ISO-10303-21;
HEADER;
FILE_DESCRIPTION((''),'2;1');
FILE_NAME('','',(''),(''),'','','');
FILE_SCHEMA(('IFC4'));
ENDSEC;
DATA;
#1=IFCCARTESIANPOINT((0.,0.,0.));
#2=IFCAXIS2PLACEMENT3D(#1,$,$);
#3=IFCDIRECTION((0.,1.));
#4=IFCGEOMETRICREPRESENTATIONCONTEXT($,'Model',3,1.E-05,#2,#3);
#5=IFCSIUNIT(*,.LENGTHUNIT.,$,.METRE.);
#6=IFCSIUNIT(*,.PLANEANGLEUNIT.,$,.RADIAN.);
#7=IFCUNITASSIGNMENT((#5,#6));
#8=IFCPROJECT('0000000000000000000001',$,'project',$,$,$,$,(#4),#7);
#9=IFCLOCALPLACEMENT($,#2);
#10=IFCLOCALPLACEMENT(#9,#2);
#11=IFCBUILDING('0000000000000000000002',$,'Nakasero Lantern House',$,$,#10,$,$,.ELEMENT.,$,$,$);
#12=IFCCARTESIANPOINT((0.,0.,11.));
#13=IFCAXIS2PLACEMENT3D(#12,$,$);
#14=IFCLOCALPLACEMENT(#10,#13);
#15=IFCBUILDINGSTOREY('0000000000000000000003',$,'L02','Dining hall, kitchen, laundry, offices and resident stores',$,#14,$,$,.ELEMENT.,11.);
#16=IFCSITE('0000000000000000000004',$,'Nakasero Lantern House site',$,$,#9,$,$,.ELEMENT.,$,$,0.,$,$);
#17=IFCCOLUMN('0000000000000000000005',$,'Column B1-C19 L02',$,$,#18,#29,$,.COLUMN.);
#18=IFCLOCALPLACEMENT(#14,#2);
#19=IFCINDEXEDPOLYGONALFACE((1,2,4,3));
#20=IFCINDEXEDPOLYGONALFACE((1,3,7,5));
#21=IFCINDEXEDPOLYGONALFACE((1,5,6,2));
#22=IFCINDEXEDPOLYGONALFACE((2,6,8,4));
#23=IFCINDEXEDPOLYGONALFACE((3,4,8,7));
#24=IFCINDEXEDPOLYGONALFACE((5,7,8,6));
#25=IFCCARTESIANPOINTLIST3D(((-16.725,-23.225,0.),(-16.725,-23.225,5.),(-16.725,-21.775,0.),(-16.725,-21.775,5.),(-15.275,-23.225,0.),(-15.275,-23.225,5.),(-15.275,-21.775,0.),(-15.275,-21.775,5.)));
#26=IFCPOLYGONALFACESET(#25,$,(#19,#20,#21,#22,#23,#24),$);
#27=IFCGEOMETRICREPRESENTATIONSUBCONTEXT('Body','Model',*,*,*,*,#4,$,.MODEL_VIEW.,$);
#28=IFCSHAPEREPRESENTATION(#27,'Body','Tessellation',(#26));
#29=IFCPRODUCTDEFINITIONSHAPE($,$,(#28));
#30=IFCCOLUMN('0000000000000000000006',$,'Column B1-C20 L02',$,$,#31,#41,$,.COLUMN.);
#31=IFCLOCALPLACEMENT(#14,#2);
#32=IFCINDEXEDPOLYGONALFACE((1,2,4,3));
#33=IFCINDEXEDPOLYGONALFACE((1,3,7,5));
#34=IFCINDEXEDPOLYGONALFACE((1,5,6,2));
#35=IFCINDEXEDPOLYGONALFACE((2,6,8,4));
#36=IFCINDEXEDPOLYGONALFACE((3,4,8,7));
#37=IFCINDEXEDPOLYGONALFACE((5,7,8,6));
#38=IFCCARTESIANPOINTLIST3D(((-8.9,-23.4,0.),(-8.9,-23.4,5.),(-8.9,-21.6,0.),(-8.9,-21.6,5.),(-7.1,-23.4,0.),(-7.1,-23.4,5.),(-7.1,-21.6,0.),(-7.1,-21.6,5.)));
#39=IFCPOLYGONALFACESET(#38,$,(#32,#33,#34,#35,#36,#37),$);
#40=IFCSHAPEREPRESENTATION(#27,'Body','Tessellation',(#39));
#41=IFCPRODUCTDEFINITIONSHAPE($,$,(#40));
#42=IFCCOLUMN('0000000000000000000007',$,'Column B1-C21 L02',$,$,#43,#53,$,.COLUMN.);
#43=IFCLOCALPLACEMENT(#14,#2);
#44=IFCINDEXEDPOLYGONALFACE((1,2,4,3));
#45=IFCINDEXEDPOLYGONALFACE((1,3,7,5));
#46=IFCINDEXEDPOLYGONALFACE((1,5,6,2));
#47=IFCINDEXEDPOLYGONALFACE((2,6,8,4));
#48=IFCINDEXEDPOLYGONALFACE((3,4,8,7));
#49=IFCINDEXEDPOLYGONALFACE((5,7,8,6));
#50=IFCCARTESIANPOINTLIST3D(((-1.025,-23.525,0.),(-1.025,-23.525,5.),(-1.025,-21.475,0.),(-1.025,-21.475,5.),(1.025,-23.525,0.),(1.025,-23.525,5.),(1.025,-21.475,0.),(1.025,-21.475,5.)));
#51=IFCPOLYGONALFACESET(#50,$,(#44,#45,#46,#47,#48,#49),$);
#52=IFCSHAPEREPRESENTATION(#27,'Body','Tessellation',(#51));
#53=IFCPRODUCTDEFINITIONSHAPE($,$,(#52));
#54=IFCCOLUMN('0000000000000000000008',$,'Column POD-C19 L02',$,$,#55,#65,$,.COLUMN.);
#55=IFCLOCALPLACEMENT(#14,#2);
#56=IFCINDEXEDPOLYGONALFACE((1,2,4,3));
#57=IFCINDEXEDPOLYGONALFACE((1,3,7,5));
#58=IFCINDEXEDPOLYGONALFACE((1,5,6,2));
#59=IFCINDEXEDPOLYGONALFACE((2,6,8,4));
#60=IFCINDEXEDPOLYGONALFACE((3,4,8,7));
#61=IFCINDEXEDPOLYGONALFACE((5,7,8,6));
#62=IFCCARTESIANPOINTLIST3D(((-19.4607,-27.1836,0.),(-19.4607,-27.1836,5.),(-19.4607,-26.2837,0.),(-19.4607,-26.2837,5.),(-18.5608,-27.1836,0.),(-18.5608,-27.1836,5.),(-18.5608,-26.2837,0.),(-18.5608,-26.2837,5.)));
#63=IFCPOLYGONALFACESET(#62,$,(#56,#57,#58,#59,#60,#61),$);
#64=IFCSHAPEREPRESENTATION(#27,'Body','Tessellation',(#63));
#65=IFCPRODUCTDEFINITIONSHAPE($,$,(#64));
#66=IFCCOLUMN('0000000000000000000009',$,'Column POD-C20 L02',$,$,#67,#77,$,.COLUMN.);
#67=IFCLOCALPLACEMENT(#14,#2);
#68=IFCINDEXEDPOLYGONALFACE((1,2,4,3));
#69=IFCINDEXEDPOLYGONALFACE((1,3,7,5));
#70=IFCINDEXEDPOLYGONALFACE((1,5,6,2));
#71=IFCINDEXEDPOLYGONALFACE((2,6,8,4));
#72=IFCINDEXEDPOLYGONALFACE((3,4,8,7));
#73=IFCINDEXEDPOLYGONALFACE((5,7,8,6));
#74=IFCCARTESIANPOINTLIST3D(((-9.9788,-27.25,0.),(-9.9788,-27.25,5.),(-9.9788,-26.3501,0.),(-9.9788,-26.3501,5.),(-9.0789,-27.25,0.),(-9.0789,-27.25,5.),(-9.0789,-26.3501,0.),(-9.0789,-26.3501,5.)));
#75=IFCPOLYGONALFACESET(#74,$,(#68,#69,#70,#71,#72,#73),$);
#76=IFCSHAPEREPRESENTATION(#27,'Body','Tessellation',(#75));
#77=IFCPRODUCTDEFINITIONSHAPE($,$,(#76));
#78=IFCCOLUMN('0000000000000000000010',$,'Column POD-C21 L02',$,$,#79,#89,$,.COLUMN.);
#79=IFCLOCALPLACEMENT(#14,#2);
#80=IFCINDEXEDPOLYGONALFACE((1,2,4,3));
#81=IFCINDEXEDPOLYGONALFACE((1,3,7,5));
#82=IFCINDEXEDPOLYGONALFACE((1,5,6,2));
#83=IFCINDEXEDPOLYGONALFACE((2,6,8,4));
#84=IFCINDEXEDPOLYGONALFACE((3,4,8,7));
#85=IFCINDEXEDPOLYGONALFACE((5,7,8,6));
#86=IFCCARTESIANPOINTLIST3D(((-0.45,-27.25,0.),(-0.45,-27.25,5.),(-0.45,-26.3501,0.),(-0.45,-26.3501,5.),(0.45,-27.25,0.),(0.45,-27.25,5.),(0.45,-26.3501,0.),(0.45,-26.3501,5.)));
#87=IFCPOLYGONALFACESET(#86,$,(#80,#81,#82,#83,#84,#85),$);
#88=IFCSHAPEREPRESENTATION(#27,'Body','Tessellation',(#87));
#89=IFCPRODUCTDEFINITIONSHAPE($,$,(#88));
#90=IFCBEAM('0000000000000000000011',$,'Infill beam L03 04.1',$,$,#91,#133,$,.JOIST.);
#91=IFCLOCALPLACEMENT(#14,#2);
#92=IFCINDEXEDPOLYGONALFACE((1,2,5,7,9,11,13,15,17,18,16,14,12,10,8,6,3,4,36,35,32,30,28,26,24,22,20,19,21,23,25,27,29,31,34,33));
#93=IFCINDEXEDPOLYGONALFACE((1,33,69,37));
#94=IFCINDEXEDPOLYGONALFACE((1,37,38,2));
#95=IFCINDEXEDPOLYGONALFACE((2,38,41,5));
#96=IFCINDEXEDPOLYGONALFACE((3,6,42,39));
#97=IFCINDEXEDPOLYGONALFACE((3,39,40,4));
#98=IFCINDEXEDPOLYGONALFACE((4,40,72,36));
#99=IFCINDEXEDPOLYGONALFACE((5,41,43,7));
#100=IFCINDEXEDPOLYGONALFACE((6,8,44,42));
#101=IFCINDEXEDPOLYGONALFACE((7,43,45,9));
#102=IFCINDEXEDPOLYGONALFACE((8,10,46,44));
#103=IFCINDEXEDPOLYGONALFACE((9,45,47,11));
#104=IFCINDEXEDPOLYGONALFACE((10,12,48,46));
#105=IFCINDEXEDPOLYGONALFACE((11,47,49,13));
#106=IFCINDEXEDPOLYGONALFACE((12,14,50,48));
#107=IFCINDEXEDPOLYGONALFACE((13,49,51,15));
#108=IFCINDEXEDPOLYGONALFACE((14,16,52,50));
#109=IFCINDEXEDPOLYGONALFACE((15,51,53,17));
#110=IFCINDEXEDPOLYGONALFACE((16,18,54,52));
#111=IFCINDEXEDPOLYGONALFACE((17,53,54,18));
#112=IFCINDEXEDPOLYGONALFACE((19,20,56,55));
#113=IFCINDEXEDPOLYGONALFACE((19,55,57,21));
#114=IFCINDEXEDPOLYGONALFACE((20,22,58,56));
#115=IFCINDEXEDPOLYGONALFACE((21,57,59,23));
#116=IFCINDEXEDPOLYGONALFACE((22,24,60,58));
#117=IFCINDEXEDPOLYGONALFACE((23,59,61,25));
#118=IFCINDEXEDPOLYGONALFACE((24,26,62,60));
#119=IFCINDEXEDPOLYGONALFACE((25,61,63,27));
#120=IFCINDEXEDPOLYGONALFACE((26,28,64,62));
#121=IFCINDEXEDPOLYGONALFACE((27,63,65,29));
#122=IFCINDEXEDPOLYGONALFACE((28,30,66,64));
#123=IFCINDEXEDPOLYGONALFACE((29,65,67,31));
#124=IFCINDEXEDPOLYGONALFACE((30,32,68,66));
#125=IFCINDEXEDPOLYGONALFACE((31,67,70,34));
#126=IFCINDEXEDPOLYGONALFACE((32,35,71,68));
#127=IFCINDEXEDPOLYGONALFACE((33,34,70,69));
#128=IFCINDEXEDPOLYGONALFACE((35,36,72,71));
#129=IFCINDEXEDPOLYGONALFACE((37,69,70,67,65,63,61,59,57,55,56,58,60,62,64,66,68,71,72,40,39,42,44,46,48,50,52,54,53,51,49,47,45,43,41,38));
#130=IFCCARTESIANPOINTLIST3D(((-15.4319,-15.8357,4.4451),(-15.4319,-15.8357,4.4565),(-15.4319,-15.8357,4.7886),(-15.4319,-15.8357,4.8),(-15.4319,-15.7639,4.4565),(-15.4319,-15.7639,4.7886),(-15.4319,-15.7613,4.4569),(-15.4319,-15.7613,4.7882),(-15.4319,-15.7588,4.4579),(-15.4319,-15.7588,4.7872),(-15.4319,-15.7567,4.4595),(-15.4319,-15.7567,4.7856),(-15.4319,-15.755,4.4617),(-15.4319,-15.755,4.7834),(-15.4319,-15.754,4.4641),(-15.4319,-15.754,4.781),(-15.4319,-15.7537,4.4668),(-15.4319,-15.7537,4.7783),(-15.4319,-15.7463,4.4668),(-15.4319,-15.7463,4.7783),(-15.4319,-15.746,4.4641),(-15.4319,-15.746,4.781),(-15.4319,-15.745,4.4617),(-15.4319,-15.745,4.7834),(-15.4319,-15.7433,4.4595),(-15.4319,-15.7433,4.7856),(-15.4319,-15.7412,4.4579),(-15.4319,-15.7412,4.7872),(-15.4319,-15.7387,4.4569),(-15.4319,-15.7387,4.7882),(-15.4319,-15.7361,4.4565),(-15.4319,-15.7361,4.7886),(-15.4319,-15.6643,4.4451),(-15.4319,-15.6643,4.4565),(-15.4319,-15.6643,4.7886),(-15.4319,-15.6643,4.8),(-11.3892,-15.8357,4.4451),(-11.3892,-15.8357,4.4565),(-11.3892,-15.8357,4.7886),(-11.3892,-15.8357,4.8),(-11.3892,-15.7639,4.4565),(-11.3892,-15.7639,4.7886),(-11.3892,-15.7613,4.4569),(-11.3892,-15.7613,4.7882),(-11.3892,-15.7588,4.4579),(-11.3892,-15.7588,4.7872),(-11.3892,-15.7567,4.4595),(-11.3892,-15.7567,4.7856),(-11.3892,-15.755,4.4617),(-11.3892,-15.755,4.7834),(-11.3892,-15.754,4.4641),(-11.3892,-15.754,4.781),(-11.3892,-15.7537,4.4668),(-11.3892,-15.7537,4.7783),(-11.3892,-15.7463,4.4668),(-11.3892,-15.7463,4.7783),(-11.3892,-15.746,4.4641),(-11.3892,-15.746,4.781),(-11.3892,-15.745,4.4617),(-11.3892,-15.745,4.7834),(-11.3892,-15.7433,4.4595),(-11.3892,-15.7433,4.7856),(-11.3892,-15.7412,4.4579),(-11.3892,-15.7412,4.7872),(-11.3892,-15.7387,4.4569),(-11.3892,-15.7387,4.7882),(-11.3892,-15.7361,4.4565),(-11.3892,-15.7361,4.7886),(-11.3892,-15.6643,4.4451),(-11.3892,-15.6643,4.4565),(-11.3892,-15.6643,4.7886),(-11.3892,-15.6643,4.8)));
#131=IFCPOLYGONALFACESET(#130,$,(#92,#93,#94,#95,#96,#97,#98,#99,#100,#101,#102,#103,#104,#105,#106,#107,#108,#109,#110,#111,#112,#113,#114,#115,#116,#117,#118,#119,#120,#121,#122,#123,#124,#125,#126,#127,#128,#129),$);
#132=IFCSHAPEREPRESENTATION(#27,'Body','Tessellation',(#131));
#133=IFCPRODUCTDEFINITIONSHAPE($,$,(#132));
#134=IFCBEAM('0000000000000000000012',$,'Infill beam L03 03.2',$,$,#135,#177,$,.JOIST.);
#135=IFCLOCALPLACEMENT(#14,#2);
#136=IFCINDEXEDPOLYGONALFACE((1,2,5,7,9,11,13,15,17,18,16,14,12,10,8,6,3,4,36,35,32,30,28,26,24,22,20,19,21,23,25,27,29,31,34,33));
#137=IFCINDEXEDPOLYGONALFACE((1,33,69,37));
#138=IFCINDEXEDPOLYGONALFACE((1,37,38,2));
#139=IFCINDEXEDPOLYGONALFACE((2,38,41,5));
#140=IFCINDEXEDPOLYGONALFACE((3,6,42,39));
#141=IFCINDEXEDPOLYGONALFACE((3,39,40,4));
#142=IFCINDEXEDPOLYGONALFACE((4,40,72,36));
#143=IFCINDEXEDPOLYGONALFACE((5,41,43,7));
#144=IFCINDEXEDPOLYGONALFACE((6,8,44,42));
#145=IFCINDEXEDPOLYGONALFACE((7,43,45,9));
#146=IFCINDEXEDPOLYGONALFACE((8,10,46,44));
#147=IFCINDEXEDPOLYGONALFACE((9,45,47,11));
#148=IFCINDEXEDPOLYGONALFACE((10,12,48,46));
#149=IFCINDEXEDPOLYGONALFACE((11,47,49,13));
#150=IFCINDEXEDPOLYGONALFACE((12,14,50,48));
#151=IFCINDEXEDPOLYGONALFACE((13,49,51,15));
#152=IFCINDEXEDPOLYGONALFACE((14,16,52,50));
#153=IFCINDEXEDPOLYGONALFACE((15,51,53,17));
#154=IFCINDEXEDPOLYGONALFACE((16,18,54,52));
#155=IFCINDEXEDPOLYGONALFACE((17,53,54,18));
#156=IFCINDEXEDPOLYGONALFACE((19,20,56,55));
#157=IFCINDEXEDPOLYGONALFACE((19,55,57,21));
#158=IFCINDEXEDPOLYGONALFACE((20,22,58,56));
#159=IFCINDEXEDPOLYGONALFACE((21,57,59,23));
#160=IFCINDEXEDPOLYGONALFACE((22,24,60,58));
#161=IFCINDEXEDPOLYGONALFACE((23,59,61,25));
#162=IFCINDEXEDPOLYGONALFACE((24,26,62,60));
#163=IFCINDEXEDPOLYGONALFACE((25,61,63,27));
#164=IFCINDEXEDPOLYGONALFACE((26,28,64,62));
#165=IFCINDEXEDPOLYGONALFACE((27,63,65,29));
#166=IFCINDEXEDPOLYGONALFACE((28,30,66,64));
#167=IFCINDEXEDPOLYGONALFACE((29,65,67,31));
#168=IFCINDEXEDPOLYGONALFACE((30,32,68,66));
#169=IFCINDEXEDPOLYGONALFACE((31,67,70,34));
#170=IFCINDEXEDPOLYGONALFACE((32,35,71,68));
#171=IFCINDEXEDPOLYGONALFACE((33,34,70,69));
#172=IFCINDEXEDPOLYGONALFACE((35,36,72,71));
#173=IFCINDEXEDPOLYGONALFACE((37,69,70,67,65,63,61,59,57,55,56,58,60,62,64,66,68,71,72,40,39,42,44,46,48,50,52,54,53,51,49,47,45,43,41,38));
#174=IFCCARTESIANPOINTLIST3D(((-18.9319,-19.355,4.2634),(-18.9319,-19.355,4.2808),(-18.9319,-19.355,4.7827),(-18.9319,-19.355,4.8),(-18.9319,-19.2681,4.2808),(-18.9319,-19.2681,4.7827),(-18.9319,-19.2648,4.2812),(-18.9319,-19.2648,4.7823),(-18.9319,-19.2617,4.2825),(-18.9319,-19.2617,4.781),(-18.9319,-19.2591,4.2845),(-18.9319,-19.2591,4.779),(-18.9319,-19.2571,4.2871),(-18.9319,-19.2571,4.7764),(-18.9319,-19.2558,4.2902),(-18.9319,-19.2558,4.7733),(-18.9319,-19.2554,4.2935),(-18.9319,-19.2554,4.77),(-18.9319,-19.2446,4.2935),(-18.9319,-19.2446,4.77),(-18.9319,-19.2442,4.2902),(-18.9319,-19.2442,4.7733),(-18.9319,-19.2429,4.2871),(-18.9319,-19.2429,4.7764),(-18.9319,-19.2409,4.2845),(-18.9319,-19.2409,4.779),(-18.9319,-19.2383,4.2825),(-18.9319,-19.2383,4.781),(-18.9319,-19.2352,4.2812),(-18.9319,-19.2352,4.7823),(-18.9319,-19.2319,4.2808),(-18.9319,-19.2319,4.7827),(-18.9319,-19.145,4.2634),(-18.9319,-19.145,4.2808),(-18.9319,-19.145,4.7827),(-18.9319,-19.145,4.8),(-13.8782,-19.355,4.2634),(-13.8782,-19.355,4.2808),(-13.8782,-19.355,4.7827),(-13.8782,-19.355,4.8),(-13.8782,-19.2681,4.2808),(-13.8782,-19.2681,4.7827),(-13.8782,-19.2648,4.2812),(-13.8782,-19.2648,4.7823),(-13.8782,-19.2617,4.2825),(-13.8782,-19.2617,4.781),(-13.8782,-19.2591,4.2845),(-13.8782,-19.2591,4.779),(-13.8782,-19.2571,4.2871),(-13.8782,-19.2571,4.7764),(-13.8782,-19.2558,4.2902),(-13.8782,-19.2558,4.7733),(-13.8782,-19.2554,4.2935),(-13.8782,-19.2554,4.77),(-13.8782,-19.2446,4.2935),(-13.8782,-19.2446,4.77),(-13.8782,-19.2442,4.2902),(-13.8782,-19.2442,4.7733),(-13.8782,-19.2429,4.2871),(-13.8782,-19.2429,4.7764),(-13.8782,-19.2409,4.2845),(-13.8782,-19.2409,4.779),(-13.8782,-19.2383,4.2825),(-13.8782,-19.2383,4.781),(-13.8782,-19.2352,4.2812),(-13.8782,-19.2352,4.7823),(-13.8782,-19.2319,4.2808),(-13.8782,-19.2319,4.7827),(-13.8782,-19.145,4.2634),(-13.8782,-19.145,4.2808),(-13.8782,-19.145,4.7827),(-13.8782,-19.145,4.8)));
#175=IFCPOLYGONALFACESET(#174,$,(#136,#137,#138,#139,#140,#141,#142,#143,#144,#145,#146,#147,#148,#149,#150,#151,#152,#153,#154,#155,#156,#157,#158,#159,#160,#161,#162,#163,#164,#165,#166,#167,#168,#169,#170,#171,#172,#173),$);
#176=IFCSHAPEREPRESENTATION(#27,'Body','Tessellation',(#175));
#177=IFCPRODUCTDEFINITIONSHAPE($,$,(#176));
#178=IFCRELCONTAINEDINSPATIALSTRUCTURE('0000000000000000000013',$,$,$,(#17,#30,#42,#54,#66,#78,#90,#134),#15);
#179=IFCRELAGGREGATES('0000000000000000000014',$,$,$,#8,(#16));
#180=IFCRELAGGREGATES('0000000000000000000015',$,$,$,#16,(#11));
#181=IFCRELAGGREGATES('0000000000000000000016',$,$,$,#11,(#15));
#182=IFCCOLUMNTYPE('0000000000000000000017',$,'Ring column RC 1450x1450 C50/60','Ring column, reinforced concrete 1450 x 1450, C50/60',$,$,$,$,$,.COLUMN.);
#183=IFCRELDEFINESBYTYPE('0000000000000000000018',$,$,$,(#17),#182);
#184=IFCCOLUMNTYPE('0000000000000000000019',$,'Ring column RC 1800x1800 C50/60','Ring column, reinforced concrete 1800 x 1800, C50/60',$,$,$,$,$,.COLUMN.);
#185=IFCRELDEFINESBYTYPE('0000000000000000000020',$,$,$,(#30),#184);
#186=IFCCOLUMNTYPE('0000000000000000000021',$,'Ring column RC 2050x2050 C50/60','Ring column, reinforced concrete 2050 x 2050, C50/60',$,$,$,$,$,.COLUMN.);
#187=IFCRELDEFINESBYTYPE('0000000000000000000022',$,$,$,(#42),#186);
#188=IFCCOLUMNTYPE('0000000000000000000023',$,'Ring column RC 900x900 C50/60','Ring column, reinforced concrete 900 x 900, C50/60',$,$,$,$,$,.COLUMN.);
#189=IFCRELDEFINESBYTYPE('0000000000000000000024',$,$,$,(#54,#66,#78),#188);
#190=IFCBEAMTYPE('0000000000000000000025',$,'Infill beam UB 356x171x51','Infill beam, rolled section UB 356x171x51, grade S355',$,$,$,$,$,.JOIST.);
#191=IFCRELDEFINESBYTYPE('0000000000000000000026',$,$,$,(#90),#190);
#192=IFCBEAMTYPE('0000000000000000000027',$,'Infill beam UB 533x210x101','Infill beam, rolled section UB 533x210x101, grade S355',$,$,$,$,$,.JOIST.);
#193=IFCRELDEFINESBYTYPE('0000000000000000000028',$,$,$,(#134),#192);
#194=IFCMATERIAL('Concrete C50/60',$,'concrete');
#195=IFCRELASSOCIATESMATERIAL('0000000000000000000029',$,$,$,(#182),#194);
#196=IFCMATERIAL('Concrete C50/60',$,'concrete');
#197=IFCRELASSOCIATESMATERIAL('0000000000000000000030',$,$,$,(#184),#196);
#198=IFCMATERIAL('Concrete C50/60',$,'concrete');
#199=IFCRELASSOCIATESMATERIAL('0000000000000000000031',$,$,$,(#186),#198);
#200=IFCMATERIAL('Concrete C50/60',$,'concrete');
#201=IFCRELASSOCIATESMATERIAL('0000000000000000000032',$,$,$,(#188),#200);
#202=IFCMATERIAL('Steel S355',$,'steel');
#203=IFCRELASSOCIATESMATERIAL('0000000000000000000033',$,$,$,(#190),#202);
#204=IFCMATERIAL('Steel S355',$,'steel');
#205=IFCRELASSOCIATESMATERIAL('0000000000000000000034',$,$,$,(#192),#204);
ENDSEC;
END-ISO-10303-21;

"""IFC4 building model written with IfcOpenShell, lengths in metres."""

from ifc_helpers import new_model, si_unit, direction, frame, origin, origin_2d, place, context, subcontext, project, spatial, rectangle, i_section, extrude, material, material_profile, profile_set, type_object, element, save


model = new_model("IFC4")

# Units and contexts
model_context = context("Model", 3, precision=1e-05, world=origin(), true_north=direction((0.0, 1.0)))
body_context = subcontext(model_context, "Body", "Model", "MODEL_VIEW")
ifc_project = project(units=[si_unit("LENGTHUNIT", "METRE"), si_unit("PLANEANGLEUNIT", "RADIAN")], contexts=[model_context])

# Site, building, storey
site_placement = place(None, origin())
site = spatial("IfcSite", under=ifc_project, at=site_placement, Name="Nakasero Lantern House site", CompositionType="ELEMENT", RefElevation=0.0)
building_placement = place(site_placement, origin())
building = spatial("IfcBuilding", under=site, at=building_placement, Name="Nakasero Lantern House", CompositionType="ELEMENT")
storey_placement = place(building_placement, frame((0.0, 0.0, 11.0)))
storey = spatial("IfcBuildingStorey", under=building, at=storey_placement, Name="L02", Description="Dining hall, kitchen, laundry, offices and resident stores", CompositionType="ELEMENT", Elevation=11.0)

# Columns
ifc_material_1 = material(Name="Concrete C50/60", Category="concrete")
ifc_material_profile_1 = material_profile(ifc_material_1, rectangle(XDim=1.45, YDim=1.45, at=origin_2d()), Name="RC 1450x1450")
ifc_profile_set_1 = profile_set([ifc_material_profile_1], Name="Concrete C50/60")
column_type_1 = type_object("IfcColumnType", Name="Ring column RC 1450x1450 C50/60", Description="Ring column, reinforced concrete 1450 x 1450, C50/60", PredefinedType="COLUMN", material=ifc_profile_set_1)
column_1_placement = place(storey_placement, frame((-16.0, -22.5, 0.0), z_axis=(0.0, 0.0, 1.0), x_axis=(1.0, 0.0, 0.0)))
element("IfcColumn", 1, at=column_1_placement, inside=storey, type_object=column_type_1, Name="Column B1-C19 L02", PredefinedType="COLUMN", context=body_context, shape_type="SweptSolid", body=[
    extrude(rectangle(XDim=1.45, YDim=1.45, at=origin_2d()), origin(), (0.0, 0.0, 1.0), 5.0),
])
ifc_material_2 = material(Name="Concrete C50/60", Category="concrete")
ifc_material_profile_2 = material_profile(ifc_material_2, rectangle(XDim=1.8, YDim=1.8, at=origin_2d()), Name="RC 1800x1800")
ifc_profile_set_2 = profile_set([ifc_material_profile_2], Name="Concrete C50/60")
column_type_2 = type_object("IfcColumnType", Name="Ring column RC 1800x1800 C50/60", Description="Ring column, reinforced concrete 1800 x 1800, C50/60", PredefinedType="COLUMN", material=ifc_profile_set_2)
column_2_placement = place(storey_placement, frame((-8.0, -22.5, 0.0), z_axis=(0.0, 0.0, 1.0), x_axis=(1.0, 0.0, 0.0)))
element("IfcColumn", 2, at=column_2_placement, inside=storey, type_object=column_type_2, Name="Column B1-C20 L02", PredefinedType="COLUMN", context=body_context, shape_type="SweptSolid", body=[
    extrude(rectangle(XDim=1.8, YDim=1.8, at=origin_2d()), origin(), (0.0, 0.0, 1.0), 5.0),
])
ifc_material_3 = material(Name="Concrete C50/60", Category="concrete")
ifc_material_profile_3 = material_profile(ifc_material_3, rectangle(XDim=2.05, YDim=2.05, at=origin_2d()), Name="RC 2050x2050")
ifc_profile_set_3 = profile_set([ifc_material_profile_3], Name="Concrete C50/60")
column_type_3 = type_object("IfcColumnType", Name="Ring column RC 2050x2050 C50/60", Description="Ring column, reinforced concrete 2050 x 2050, C50/60", PredefinedType="COLUMN", material=ifc_profile_set_3)
column_3_placement = place(storey_placement, frame((0.0, -22.5, 0.0), z_axis=(0.0, 0.0, 1.0), x_axis=(1.0, 0.0, 0.0)))
element("IfcColumn", 3, at=column_3_placement, inside=storey, type_object=column_type_3, Name="Column B1-C21 L02", PredefinedType="COLUMN", context=body_context, shape_type="SweptSolid", body=[
    extrude(rectangle(XDim=2.05, YDim=2.05, at=origin_2d()), origin(), (0.0, 0.0, 1.0), 5.0),
])
ifc_material_4 = material(Name="Concrete C50/60", Category="concrete")
ifc_material_profile_4 = material_profile(ifc_material_4, rectangle(XDim=0.8999, YDim=0.8999, at=origin_2d()), Name="RC 900x900")
ifc_profile_set_4 = profile_set([ifc_material_profile_4], Name="Concrete C50/60")
column_type_4 = type_object("IfcColumnType", Name="Ring column RC 900x900 C50/60", Description="Ring column, reinforced concrete 900 x 900, C50/60", PredefinedType="COLUMN", material=ifc_profile_set_4)
for number, where, z_axis, x_axis, name in (
    (4, (-19.0107, -26.7336, 0.0), (0.0, 0.0, 1.0), (1.0, 0.0, 0.0), "Column POD-C19 L02"),
    (5, (-9.5288, -26.8, 0.0), (0.0, 0.0, 1.0), (1.0, 0.0, 0.0), "Column POD-C20 L02"),
    (6, (0.0, -26.8, 0.0), (0.0, 0.0, 1.0), (1.0, 0.0, 0.0), "Column POD-C21 L02"),
):
    element("IfcColumn", number, at=place(storey_placement, frame(where, z_axis=z_axis, x_axis=x_axis)), inside=storey, type_object=column_type_4, Name=name, PredefinedType="COLUMN", context=body_context, shape_type="SweptSolid", body=[
        extrude(rectangle(XDim=0.8999, YDim=0.8999, at=origin_2d()), origin(), (0.0, 0.0, 1.0), 5.0),
    ])

# Beams
ifc_material_5 = material(Name="Steel S355", Category="steel")
ifc_material_profile_5 = material_profile(ifc_material_5, i_section(OverallWidth=0.1714, OverallDepth=0.355, WebThickness=0.0073, FlangeThickness=0.0115, FilletRadius=0.0103, at=origin_2d()), Name="UB 356x171x51")
ifc_profile_set_5 = profile_set([ifc_material_profile_5], Name="Steel S355")
beam_type_1 = type_object("IfcBeamType", Name="Infill beam UB 356x171x51", Description="Infill beam, rolled section UB 356x171x51, grade S355", PredefinedType="JOIST", material=ifc_profile_set_5)
beam_1_placement = place(storey_placement, frame((-15.4319, -15.75, 4.6226), z_axis=(1.0, 0.0, 0.0), x_axis=(0.0, 1.0, 0.0)))
element("IfcBeam", 7, at=beam_1_placement, inside=storey, type_object=beam_type_1, Name="Infill beam L03 04.1", PredefinedType="JOIST", context=body_context, shape_type="SweptSolid", body=[
    extrude(i_section(OverallWidth=0.1714, OverallDepth=0.355, WebThickness=0.0073, FlangeThickness=0.0115, FilletRadius=0.0103, at=origin_2d()), origin(), (0.0, 0.0, 1.0), 4.0427),
])
ifc_material_6 = material(Name="Steel S355", Category="steel")
ifc_material_profile_6 = material_profile(ifc_material_6, i_section(OverallWidth=0.21, OverallDepth=0.5366, WebThickness=0.0107, FlangeThickness=0.0173, FilletRadius=0.0127, at=origin_2d()), Name="UB 533x210x101")
ifc_profile_set_6 = profile_set([ifc_material_profile_6], Name="Steel S355")
beam_type_2 = type_object("IfcBeamType", Name="Infill beam UB 533x210x101", Description="Infill beam, rolled section UB 533x210x101, grade S355", PredefinedType="JOIST", material=ifc_profile_set_6)
beam_2_placement = place(storey_placement, frame((-18.9319, -19.25, 4.5317), z_axis=(1.0, 0.0, 0.0), x_axis=(0.0, 1.0, 0.0)))
element("IfcBeam", 8, at=beam_2_placement, inside=storey, type_object=beam_type_2, Name="Infill beam L03 03.2", PredefinedType="JOIST", context=body_context, shape_type="SweptSolid", body=[
    extrude(i_section(OverallWidth=0.21, OverallDepth=0.5366, WebThickness=0.0107, FlangeThickness=0.0173, FilletRadius=0.0127, at=origin_2d()), origin(), (0.0, 0.0, 1.0), 5.0537),
])

save(model, "model.ifc")
